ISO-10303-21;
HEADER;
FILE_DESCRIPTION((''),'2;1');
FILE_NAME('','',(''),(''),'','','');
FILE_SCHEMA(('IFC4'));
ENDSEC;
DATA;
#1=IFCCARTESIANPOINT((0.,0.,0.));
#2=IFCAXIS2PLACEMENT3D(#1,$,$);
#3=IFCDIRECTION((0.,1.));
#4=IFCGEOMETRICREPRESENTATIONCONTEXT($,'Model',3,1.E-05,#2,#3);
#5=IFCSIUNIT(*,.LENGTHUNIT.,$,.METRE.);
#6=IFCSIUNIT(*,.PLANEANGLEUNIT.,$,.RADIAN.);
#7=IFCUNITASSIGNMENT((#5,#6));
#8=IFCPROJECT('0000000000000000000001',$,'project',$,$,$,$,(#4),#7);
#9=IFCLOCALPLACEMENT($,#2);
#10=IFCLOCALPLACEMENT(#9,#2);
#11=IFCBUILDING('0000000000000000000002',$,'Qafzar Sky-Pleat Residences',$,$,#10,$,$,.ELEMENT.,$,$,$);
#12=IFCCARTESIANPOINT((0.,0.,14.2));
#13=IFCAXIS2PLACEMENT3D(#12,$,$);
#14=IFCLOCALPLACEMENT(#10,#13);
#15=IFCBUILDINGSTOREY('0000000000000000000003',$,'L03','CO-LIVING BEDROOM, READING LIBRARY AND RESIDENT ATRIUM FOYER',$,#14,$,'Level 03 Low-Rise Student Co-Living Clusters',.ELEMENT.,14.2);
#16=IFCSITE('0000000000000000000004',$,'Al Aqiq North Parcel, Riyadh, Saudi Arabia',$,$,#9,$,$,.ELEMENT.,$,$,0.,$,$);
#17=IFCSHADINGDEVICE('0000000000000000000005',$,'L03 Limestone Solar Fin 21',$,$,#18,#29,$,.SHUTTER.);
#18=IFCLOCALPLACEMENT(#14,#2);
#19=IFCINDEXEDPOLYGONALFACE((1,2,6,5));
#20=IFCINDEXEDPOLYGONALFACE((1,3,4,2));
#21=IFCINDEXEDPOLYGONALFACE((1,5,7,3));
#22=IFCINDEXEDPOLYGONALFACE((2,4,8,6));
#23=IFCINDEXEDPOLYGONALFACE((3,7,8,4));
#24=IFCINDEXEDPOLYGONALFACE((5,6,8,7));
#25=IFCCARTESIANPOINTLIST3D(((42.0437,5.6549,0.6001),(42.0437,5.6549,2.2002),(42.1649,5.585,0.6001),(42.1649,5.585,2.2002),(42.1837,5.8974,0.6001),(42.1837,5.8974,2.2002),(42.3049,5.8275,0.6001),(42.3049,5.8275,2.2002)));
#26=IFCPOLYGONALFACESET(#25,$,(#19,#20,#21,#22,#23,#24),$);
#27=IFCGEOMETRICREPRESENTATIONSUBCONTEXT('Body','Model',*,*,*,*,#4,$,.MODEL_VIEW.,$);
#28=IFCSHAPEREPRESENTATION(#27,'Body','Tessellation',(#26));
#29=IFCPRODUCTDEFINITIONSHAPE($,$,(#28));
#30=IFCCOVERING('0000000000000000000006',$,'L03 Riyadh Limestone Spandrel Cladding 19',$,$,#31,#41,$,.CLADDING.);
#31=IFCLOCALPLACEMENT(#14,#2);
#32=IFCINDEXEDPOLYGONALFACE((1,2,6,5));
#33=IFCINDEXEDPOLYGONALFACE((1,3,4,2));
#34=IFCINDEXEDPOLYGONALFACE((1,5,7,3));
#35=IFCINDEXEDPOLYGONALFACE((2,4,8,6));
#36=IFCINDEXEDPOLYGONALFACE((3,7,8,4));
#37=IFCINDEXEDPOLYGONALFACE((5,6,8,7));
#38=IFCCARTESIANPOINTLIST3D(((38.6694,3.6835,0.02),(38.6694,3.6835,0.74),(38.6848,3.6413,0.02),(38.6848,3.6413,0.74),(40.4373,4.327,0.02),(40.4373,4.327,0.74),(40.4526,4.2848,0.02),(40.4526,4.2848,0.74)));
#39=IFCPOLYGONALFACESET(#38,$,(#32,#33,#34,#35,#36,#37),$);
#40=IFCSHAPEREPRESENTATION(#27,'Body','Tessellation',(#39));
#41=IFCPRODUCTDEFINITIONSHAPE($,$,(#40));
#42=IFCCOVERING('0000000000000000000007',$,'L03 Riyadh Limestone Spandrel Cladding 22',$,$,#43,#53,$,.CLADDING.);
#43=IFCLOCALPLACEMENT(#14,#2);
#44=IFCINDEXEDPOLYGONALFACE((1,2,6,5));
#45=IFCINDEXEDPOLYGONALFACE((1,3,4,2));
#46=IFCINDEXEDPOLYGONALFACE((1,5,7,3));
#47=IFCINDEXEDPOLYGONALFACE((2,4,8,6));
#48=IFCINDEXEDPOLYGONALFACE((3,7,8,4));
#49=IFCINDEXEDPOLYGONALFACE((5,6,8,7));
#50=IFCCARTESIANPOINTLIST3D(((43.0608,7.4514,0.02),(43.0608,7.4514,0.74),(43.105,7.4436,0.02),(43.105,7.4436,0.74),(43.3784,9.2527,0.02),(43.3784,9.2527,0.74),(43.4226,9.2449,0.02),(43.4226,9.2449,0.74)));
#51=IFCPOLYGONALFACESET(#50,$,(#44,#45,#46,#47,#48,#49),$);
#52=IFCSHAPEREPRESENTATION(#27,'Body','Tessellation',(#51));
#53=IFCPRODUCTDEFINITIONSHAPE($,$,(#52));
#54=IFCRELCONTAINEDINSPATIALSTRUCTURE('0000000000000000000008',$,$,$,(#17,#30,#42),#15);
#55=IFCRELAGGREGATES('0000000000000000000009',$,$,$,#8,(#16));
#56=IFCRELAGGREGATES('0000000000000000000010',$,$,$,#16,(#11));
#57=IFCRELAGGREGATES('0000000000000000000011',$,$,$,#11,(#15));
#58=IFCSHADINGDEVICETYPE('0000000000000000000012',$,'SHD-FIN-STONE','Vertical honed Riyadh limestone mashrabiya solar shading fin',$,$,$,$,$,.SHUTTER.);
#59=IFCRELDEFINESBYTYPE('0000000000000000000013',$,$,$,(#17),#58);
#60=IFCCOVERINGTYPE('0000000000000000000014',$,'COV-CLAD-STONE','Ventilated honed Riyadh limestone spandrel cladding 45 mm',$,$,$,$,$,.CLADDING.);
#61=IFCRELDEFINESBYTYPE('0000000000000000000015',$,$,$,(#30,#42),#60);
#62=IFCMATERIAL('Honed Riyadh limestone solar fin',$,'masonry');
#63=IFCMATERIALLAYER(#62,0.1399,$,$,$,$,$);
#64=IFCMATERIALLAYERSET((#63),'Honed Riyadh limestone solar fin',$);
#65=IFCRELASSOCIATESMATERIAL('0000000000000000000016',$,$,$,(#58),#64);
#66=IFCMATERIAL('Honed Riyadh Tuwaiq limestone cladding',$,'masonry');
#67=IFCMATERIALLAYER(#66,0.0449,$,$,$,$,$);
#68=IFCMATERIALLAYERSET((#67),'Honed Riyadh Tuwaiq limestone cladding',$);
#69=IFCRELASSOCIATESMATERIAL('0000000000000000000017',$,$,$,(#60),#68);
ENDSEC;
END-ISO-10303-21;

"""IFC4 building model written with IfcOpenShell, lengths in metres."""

from ifc_helpers import new_model, si_unit, direction, frame, origin, origin_2d, place, context, subcontext, project, spatial, rectangle, extrude, source, transform, mapped, material, layer, layer_set, type_object, element, save


model = new_model("IFC4")

# Units and contexts
model_context = context("Model", 3, precision=1e-05, world=origin(), true_north=direction((0.0, 1.0)))
body_context = subcontext(model_context, "Body", "Model", "MODEL_VIEW")
ifc_project = project(units=[si_unit("LENGTHUNIT", "METRE"), si_unit("PLANEANGLEUNIT", "RADIAN")], contexts=[model_context])

# Site, building, storey
site_placement = place(None, origin())
site = spatial("IfcSite", under=ifc_project, at=site_placement, Name="Al Aqiq North Parcel, Riyadh, Saudi Arabia", CompositionType="ELEMENT", RefElevation=0.0)
building_placement = place(site_placement, origin())
building = spatial("IfcBuilding", under=site, at=building_placement, Name="Qafzar Sky-Pleat Residences", CompositionType="ELEMENT")
storey_placement = place(building_placement, frame((0.0, 0.0, 14.2)))
storey = spatial("IfcBuildingStorey", under=building, at=storey_placement, Name="L03", Description="CO-LIVING BEDROOM, READING LIBRARY AND RESIDENT ATRIUM FOYER", LongName="Level 03 Low-Rise Student Co-Living Clusters", CompositionType="ELEMENT", Elevation=14.2)

# Shading device
ifc_material_1 = material(Name="Honed Riyadh limestone solar fin", Category="masonry")
ifc_layer_1 = layer(ifc_material_1, 0.1399)
ifc_layer_set_1 = layer_set([ifc_layer_1], Name="Honed Riyadh limestone solar fin")
shading_device_type = type_object("IfcShadingDeviceType", Name="SHD-FIN-STONE", Description="Vertical honed Riyadh limestone mashrabiya solar shading fin", PredefinedType="SHUTTER", material=ifc_layer_set_1)
shared_shape_1 = source(origin(), body_context, "Body", "SweptSolid", [
    extrude(rectangle(XDim=0.1399, YDim=0.28, at=origin_2d()), origin(), (0.0, 0.0, 1.0), 1.6001),
])
shading_device_placement = place(storey_placement, frame((42.1743, 5.7412, 0.6001), z_axis=(0.0, 0.0, 1.0), x_axis=(0.866044, -0.499967, 0.0)))
element("IfcShadingDevice", 1, at=shading_device_placement, inside=storey, type_object=shading_device_type, Name="L03 Limestone Solar Fin 21", PredefinedType="SHUTTER", context=body_context, shape_type="MappedRepresentation", body=[
    mapped(shared_shape_1, transform((0.0, 0.0, 0.0), x_axis=(1.0, 0.0, 0.0), y_axis=(0.0, 1.0, 0.0), z_axis=(0.0, 0.0, 1.0), scale=1.0)),
])

# Coverings
ifc_material_2 = material(Name="Honed Riyadh Tuwaiq limestone cladding", Category="masonry")
ifc_layer_2 = layer(ifc_material_2, 0.0449)
ifc_layer_set_2 = layer_set([ifc_layer_2], Name="Honed Riyadh Tuwaiq limestone cladding")
covering_type = type_object("IfcCoveringType", Name="COV-CLAD-STONE", Description="Ventilated honed Riyadh limestone spandrel cladding 45 mm", PredefinedType="CLADDING", material=ifc_layer_set_2)
shared_shape_2 = source(origin(), body_context, "Body", "SweptSolid", [
    extrude(rectangle(XDim=1.8813, YDim=0.0449, at=origin_2d()), origin(), (0.0, 0.0, 1.0), 0.72),
])
covering_1_placement = place(storey_placement, frame((39.561, 3.9841, 0.02), z_axis=(0.0, 0.0, 1.0), x_axis=(0.939679, 0.342058, 0.0)))
element("IfcCovering", 2, at=covering_1_placement, inside=storey, type_object=covering_type, Name="L03 Riyadh Limestone Spandrel Cladding 19", PredefinedType="CLADDING", context=body_context, shape_type="MappedRepresentation", body=[
    mapped(shared_shape_2, transform((0.0, 0.0, 0.0), x_axis=(1.0, 0.0, 0.0), y_axis=(0.0, 1.0, 0.0), z_axis=(0.0, 0.0, 1.0), scale=1.0)),
])
shared_shape_3 = source(origin(), body_context, "Body", "SweptSolid", [
    extrude(rectangle(XDim=1.8291, YDim=0.0449, at=origin_2d()), origin(), (0.0, 0.0, 1.0), 0.72),
])
covering_2_placement = place(storey_placement, frame((43.2417, 8.3481, 0.02), z_axis=(0.0, 0.0, 1.0), x_axis=(0.173648, 0.984808, 0.0)))
element("IfcCovering", 3, at=covering_2_placement, inside=storey, type_object=covering_type, Name="L03 Riyadh Limestone Spandrel Cladding 22", PredefinedType="CLADDING", context=body_context, shape_type="MappedRepresentation", body=[
    mapped(shared_shape_3, transform((0.0, 0.0, 0.0), x_axis=(1.0, 0.0, 0.0), y_axis=(0.0, 1.0, 0.0), z_axis=(0.0, 0.0, 1.0), scale=1.0)),
])

save(model, "model.ifc")
